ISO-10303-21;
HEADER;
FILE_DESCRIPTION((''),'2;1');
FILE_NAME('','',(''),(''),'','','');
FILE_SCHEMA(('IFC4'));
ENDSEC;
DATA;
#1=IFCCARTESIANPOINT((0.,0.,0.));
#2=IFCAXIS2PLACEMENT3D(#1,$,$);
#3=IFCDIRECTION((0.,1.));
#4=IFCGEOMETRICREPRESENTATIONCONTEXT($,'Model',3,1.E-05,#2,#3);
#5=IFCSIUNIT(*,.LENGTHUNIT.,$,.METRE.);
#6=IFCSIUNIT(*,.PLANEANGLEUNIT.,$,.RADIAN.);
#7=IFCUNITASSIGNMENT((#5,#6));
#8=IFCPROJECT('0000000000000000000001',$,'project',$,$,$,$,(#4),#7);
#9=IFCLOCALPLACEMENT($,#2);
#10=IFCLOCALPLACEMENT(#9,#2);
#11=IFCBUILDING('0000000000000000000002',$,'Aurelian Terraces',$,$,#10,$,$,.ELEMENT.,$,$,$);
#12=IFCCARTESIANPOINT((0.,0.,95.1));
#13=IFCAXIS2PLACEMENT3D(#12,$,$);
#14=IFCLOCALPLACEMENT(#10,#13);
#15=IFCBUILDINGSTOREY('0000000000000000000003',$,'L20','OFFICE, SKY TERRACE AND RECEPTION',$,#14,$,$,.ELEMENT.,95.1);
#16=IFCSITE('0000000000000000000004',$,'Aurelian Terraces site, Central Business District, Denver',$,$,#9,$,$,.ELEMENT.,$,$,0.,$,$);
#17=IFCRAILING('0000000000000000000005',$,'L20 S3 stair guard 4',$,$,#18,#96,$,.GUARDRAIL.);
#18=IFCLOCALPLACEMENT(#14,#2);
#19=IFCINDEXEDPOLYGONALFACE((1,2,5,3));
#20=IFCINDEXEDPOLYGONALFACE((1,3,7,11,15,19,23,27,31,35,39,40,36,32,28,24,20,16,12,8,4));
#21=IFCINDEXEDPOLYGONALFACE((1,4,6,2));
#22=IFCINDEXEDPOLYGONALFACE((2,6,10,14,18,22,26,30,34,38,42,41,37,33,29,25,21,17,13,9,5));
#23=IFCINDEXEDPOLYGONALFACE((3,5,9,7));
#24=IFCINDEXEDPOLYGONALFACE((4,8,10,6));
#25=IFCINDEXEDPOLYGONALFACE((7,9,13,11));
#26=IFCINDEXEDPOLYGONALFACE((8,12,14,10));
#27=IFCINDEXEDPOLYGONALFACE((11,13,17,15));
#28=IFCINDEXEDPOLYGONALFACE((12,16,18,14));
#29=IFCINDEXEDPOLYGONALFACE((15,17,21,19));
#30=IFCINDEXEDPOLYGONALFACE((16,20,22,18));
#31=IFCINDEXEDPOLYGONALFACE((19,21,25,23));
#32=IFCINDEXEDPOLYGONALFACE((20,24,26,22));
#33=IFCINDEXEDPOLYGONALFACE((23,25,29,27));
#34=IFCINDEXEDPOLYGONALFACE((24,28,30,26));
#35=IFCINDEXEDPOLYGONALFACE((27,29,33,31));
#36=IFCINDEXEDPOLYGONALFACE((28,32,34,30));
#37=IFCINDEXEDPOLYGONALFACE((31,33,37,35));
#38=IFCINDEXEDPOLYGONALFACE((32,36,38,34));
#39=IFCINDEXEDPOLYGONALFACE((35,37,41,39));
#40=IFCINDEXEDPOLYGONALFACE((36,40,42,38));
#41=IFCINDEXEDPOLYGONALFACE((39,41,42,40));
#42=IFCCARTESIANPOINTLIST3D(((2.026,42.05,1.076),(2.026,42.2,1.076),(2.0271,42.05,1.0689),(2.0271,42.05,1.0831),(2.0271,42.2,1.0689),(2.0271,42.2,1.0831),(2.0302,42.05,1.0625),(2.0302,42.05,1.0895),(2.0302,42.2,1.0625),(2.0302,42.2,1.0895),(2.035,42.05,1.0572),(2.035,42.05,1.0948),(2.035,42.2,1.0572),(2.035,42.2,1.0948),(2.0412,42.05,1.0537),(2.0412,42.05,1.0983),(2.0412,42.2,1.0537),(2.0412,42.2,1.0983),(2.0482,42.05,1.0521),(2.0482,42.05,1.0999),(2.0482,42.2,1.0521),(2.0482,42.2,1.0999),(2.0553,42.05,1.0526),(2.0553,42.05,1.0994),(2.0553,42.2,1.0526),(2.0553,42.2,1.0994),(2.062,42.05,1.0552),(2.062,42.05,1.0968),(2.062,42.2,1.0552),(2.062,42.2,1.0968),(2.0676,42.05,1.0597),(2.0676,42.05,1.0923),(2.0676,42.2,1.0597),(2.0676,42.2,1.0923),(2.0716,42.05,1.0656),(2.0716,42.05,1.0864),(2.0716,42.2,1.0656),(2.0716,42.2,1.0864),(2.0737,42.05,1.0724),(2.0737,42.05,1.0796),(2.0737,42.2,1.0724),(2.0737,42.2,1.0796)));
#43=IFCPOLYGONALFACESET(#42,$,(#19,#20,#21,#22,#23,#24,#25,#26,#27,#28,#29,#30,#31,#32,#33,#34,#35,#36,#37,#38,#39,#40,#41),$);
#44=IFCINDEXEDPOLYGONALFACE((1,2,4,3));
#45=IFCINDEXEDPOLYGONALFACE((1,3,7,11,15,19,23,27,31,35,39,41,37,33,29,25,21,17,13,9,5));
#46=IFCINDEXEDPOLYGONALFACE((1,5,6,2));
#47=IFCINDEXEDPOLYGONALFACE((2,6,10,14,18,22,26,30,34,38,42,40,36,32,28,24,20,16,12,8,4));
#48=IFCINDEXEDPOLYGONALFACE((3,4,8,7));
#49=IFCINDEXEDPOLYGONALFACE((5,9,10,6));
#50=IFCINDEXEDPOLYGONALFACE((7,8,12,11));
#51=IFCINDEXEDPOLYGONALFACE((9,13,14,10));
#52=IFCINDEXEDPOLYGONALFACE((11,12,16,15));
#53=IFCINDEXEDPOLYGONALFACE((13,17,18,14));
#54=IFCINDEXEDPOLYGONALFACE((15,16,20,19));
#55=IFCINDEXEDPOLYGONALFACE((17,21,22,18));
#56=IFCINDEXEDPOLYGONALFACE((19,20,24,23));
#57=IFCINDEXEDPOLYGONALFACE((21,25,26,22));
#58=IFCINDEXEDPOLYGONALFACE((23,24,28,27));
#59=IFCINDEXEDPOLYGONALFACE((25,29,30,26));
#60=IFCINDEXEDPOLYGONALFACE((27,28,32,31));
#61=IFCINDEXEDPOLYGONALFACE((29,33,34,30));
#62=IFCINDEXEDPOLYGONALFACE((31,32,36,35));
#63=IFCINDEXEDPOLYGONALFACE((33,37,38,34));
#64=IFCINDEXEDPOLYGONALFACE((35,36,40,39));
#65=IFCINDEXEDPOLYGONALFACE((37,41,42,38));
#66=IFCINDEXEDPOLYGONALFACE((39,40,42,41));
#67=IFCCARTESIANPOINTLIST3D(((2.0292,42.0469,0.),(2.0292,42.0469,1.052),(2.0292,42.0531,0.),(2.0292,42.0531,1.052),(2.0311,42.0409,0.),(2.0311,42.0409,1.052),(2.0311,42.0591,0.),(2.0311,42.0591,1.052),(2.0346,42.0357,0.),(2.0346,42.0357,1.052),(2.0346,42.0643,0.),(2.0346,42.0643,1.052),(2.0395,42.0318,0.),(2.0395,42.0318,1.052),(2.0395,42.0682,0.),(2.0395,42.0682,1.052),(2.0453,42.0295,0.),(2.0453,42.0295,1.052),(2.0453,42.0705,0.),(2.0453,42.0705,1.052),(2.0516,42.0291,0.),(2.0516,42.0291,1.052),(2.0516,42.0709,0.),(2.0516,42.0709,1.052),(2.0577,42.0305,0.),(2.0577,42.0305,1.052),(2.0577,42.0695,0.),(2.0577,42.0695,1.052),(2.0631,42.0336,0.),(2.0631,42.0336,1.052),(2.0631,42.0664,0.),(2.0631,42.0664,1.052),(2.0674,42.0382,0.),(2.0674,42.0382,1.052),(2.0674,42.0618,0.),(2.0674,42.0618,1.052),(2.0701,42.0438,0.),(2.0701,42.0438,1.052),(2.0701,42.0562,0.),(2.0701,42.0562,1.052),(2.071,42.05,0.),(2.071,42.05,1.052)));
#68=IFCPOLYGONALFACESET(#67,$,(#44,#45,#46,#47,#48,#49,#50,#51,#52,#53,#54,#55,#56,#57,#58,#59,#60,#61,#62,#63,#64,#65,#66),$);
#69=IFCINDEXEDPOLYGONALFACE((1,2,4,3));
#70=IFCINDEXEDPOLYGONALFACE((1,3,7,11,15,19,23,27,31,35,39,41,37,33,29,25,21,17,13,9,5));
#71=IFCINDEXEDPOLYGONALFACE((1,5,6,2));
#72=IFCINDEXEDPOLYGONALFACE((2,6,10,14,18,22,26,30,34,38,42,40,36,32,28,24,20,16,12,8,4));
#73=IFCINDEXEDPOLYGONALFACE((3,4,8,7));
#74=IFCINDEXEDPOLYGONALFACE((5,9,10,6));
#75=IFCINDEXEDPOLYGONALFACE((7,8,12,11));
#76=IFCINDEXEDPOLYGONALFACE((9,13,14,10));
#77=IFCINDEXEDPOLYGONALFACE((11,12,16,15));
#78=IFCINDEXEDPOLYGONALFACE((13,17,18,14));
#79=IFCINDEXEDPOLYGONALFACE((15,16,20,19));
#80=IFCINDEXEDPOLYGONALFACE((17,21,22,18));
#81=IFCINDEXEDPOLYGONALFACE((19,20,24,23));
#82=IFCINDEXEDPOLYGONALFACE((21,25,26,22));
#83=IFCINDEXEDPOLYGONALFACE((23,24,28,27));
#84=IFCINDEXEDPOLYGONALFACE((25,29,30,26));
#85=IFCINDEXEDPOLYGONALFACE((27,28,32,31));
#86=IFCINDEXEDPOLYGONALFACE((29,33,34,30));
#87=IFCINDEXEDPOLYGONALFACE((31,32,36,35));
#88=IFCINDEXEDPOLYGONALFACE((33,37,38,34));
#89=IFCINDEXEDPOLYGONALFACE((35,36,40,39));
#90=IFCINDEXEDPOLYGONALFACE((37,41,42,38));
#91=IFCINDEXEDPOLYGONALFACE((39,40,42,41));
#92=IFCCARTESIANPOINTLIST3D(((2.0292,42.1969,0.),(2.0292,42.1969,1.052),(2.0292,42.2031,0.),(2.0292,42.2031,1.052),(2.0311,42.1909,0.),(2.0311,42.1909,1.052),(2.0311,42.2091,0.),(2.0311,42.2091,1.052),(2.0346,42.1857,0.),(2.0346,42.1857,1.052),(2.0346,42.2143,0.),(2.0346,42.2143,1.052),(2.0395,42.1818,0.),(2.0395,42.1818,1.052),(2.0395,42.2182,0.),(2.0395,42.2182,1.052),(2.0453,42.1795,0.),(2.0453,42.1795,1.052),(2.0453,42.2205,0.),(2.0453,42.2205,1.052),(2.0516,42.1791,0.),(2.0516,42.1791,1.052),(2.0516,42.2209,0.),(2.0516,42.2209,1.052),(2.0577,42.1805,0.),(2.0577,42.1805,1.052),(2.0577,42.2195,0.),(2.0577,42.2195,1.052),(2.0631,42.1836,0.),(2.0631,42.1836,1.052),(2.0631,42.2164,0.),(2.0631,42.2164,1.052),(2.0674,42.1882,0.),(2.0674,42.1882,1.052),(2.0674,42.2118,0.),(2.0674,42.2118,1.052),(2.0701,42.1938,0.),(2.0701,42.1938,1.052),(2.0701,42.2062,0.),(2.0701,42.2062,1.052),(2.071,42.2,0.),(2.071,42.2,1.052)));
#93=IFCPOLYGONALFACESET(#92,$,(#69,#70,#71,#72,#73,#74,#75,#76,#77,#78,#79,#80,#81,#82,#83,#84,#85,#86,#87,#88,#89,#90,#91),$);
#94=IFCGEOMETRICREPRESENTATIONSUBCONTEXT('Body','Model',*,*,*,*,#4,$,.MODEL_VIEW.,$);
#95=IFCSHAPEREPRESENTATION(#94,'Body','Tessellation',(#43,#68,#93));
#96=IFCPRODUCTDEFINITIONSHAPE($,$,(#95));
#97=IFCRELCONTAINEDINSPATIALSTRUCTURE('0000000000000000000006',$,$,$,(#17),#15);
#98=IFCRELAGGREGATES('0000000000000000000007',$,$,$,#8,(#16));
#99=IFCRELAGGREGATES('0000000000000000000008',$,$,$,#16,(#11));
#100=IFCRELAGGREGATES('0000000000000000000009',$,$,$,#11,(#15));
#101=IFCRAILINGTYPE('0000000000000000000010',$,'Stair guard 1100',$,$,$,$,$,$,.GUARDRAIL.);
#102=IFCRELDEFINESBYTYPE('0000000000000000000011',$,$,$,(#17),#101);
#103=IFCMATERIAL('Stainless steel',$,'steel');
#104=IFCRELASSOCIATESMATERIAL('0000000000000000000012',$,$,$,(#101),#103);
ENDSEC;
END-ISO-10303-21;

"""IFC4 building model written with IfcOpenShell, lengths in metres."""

from ifc_helpers import new_model, si_unit, direction, frame, origin, origin_2d, place, context, subcontext, project, spatial, circle, extrude, source, transform, mapped, material, type_object, element, save


model = new_model("IFC4")

# Units and contexts
model_context = context("Model", 3, precision=1e-05, world=origin(), true_north=direction((0.0, 1.0)))
body_context = subcontext(model_context, "Body", "Model", "MODEL_VIEW")
ifc_project = project(units=[si_unit("LENGTHUNIT", "METRE"), si_unit("PLANEANGLEUNIT", "RADIAN")], contexts=[model_context])

# Site, building, storey
site_placement = place(None, origin())
site = spatial("IfcSite", under=ifc_project, at=site_placement, Name="Aurelian Terraces site, Central Business District, Denver", CompositionType="ELEMENT", RefElevation=0.0)
building_placement = place(site_placement, origin())
building = spatial("IfcBuilding", under=site, at=building_placement, Name="Aurelian Terraces", CompositionType="ELEMENT")
storey_placement = place(building_placement, frame((0.0, 0.0, 95.1)))
storey = spatial("IfcBuildingStorey", under=building, at=storey_placement, Name="L20", Description="OFFICE, SKY TERRACE AND RECEPTION", CompositionType="ELEMENT", Elevation=95.1)

# Railing
ifc_material_1 = material(Name="Stainless steel", Category="steel")
railing_type_1 = type_object("IfcRailingType", Name="Stair guard 1100", PredefinedType="GUARDRAIL", material=ifc_material_1)
shared_shape_1 = source(origin(), body_context, "Body", "SweptSolid", [
    extrude(circle(Radius=0.024, at=origin_2d()), frame((0.0, 0.0, 1.076), z_axis=(0.0, 1.0, 0.0), x_axis=(-1.0, 0.0, 0.0)), (0.0, 0.0, 1.0), 0.15),
    extrude(circle(Radius=0.021, at=origin_2d()), origin(), (0.0, 0.0, 1.0), 1.052),
    extrude(circle(Radius=0.021, at=origin_2d()), frame((0.0, 0.15, 0.0)), (0.0, 0.0, 1.0), 1.052),
])
railing_1_placement = place(storey_placement, frame((2.05, 42.05, 0.0)))
element("IfcRailing", 1, at=railing_1_placement, inside=storey, type_object=railing_type_1, Name="L20 S3 stair guard 4", PredefinedType="GUARDRAIL", context=body_context, shape_type="MappedRepresentation", body=[
    mapped(shared_shape_1, transform((0.0, 0.0, 0.0), scale=1.0)),
])

save(model, "model.ifc")
